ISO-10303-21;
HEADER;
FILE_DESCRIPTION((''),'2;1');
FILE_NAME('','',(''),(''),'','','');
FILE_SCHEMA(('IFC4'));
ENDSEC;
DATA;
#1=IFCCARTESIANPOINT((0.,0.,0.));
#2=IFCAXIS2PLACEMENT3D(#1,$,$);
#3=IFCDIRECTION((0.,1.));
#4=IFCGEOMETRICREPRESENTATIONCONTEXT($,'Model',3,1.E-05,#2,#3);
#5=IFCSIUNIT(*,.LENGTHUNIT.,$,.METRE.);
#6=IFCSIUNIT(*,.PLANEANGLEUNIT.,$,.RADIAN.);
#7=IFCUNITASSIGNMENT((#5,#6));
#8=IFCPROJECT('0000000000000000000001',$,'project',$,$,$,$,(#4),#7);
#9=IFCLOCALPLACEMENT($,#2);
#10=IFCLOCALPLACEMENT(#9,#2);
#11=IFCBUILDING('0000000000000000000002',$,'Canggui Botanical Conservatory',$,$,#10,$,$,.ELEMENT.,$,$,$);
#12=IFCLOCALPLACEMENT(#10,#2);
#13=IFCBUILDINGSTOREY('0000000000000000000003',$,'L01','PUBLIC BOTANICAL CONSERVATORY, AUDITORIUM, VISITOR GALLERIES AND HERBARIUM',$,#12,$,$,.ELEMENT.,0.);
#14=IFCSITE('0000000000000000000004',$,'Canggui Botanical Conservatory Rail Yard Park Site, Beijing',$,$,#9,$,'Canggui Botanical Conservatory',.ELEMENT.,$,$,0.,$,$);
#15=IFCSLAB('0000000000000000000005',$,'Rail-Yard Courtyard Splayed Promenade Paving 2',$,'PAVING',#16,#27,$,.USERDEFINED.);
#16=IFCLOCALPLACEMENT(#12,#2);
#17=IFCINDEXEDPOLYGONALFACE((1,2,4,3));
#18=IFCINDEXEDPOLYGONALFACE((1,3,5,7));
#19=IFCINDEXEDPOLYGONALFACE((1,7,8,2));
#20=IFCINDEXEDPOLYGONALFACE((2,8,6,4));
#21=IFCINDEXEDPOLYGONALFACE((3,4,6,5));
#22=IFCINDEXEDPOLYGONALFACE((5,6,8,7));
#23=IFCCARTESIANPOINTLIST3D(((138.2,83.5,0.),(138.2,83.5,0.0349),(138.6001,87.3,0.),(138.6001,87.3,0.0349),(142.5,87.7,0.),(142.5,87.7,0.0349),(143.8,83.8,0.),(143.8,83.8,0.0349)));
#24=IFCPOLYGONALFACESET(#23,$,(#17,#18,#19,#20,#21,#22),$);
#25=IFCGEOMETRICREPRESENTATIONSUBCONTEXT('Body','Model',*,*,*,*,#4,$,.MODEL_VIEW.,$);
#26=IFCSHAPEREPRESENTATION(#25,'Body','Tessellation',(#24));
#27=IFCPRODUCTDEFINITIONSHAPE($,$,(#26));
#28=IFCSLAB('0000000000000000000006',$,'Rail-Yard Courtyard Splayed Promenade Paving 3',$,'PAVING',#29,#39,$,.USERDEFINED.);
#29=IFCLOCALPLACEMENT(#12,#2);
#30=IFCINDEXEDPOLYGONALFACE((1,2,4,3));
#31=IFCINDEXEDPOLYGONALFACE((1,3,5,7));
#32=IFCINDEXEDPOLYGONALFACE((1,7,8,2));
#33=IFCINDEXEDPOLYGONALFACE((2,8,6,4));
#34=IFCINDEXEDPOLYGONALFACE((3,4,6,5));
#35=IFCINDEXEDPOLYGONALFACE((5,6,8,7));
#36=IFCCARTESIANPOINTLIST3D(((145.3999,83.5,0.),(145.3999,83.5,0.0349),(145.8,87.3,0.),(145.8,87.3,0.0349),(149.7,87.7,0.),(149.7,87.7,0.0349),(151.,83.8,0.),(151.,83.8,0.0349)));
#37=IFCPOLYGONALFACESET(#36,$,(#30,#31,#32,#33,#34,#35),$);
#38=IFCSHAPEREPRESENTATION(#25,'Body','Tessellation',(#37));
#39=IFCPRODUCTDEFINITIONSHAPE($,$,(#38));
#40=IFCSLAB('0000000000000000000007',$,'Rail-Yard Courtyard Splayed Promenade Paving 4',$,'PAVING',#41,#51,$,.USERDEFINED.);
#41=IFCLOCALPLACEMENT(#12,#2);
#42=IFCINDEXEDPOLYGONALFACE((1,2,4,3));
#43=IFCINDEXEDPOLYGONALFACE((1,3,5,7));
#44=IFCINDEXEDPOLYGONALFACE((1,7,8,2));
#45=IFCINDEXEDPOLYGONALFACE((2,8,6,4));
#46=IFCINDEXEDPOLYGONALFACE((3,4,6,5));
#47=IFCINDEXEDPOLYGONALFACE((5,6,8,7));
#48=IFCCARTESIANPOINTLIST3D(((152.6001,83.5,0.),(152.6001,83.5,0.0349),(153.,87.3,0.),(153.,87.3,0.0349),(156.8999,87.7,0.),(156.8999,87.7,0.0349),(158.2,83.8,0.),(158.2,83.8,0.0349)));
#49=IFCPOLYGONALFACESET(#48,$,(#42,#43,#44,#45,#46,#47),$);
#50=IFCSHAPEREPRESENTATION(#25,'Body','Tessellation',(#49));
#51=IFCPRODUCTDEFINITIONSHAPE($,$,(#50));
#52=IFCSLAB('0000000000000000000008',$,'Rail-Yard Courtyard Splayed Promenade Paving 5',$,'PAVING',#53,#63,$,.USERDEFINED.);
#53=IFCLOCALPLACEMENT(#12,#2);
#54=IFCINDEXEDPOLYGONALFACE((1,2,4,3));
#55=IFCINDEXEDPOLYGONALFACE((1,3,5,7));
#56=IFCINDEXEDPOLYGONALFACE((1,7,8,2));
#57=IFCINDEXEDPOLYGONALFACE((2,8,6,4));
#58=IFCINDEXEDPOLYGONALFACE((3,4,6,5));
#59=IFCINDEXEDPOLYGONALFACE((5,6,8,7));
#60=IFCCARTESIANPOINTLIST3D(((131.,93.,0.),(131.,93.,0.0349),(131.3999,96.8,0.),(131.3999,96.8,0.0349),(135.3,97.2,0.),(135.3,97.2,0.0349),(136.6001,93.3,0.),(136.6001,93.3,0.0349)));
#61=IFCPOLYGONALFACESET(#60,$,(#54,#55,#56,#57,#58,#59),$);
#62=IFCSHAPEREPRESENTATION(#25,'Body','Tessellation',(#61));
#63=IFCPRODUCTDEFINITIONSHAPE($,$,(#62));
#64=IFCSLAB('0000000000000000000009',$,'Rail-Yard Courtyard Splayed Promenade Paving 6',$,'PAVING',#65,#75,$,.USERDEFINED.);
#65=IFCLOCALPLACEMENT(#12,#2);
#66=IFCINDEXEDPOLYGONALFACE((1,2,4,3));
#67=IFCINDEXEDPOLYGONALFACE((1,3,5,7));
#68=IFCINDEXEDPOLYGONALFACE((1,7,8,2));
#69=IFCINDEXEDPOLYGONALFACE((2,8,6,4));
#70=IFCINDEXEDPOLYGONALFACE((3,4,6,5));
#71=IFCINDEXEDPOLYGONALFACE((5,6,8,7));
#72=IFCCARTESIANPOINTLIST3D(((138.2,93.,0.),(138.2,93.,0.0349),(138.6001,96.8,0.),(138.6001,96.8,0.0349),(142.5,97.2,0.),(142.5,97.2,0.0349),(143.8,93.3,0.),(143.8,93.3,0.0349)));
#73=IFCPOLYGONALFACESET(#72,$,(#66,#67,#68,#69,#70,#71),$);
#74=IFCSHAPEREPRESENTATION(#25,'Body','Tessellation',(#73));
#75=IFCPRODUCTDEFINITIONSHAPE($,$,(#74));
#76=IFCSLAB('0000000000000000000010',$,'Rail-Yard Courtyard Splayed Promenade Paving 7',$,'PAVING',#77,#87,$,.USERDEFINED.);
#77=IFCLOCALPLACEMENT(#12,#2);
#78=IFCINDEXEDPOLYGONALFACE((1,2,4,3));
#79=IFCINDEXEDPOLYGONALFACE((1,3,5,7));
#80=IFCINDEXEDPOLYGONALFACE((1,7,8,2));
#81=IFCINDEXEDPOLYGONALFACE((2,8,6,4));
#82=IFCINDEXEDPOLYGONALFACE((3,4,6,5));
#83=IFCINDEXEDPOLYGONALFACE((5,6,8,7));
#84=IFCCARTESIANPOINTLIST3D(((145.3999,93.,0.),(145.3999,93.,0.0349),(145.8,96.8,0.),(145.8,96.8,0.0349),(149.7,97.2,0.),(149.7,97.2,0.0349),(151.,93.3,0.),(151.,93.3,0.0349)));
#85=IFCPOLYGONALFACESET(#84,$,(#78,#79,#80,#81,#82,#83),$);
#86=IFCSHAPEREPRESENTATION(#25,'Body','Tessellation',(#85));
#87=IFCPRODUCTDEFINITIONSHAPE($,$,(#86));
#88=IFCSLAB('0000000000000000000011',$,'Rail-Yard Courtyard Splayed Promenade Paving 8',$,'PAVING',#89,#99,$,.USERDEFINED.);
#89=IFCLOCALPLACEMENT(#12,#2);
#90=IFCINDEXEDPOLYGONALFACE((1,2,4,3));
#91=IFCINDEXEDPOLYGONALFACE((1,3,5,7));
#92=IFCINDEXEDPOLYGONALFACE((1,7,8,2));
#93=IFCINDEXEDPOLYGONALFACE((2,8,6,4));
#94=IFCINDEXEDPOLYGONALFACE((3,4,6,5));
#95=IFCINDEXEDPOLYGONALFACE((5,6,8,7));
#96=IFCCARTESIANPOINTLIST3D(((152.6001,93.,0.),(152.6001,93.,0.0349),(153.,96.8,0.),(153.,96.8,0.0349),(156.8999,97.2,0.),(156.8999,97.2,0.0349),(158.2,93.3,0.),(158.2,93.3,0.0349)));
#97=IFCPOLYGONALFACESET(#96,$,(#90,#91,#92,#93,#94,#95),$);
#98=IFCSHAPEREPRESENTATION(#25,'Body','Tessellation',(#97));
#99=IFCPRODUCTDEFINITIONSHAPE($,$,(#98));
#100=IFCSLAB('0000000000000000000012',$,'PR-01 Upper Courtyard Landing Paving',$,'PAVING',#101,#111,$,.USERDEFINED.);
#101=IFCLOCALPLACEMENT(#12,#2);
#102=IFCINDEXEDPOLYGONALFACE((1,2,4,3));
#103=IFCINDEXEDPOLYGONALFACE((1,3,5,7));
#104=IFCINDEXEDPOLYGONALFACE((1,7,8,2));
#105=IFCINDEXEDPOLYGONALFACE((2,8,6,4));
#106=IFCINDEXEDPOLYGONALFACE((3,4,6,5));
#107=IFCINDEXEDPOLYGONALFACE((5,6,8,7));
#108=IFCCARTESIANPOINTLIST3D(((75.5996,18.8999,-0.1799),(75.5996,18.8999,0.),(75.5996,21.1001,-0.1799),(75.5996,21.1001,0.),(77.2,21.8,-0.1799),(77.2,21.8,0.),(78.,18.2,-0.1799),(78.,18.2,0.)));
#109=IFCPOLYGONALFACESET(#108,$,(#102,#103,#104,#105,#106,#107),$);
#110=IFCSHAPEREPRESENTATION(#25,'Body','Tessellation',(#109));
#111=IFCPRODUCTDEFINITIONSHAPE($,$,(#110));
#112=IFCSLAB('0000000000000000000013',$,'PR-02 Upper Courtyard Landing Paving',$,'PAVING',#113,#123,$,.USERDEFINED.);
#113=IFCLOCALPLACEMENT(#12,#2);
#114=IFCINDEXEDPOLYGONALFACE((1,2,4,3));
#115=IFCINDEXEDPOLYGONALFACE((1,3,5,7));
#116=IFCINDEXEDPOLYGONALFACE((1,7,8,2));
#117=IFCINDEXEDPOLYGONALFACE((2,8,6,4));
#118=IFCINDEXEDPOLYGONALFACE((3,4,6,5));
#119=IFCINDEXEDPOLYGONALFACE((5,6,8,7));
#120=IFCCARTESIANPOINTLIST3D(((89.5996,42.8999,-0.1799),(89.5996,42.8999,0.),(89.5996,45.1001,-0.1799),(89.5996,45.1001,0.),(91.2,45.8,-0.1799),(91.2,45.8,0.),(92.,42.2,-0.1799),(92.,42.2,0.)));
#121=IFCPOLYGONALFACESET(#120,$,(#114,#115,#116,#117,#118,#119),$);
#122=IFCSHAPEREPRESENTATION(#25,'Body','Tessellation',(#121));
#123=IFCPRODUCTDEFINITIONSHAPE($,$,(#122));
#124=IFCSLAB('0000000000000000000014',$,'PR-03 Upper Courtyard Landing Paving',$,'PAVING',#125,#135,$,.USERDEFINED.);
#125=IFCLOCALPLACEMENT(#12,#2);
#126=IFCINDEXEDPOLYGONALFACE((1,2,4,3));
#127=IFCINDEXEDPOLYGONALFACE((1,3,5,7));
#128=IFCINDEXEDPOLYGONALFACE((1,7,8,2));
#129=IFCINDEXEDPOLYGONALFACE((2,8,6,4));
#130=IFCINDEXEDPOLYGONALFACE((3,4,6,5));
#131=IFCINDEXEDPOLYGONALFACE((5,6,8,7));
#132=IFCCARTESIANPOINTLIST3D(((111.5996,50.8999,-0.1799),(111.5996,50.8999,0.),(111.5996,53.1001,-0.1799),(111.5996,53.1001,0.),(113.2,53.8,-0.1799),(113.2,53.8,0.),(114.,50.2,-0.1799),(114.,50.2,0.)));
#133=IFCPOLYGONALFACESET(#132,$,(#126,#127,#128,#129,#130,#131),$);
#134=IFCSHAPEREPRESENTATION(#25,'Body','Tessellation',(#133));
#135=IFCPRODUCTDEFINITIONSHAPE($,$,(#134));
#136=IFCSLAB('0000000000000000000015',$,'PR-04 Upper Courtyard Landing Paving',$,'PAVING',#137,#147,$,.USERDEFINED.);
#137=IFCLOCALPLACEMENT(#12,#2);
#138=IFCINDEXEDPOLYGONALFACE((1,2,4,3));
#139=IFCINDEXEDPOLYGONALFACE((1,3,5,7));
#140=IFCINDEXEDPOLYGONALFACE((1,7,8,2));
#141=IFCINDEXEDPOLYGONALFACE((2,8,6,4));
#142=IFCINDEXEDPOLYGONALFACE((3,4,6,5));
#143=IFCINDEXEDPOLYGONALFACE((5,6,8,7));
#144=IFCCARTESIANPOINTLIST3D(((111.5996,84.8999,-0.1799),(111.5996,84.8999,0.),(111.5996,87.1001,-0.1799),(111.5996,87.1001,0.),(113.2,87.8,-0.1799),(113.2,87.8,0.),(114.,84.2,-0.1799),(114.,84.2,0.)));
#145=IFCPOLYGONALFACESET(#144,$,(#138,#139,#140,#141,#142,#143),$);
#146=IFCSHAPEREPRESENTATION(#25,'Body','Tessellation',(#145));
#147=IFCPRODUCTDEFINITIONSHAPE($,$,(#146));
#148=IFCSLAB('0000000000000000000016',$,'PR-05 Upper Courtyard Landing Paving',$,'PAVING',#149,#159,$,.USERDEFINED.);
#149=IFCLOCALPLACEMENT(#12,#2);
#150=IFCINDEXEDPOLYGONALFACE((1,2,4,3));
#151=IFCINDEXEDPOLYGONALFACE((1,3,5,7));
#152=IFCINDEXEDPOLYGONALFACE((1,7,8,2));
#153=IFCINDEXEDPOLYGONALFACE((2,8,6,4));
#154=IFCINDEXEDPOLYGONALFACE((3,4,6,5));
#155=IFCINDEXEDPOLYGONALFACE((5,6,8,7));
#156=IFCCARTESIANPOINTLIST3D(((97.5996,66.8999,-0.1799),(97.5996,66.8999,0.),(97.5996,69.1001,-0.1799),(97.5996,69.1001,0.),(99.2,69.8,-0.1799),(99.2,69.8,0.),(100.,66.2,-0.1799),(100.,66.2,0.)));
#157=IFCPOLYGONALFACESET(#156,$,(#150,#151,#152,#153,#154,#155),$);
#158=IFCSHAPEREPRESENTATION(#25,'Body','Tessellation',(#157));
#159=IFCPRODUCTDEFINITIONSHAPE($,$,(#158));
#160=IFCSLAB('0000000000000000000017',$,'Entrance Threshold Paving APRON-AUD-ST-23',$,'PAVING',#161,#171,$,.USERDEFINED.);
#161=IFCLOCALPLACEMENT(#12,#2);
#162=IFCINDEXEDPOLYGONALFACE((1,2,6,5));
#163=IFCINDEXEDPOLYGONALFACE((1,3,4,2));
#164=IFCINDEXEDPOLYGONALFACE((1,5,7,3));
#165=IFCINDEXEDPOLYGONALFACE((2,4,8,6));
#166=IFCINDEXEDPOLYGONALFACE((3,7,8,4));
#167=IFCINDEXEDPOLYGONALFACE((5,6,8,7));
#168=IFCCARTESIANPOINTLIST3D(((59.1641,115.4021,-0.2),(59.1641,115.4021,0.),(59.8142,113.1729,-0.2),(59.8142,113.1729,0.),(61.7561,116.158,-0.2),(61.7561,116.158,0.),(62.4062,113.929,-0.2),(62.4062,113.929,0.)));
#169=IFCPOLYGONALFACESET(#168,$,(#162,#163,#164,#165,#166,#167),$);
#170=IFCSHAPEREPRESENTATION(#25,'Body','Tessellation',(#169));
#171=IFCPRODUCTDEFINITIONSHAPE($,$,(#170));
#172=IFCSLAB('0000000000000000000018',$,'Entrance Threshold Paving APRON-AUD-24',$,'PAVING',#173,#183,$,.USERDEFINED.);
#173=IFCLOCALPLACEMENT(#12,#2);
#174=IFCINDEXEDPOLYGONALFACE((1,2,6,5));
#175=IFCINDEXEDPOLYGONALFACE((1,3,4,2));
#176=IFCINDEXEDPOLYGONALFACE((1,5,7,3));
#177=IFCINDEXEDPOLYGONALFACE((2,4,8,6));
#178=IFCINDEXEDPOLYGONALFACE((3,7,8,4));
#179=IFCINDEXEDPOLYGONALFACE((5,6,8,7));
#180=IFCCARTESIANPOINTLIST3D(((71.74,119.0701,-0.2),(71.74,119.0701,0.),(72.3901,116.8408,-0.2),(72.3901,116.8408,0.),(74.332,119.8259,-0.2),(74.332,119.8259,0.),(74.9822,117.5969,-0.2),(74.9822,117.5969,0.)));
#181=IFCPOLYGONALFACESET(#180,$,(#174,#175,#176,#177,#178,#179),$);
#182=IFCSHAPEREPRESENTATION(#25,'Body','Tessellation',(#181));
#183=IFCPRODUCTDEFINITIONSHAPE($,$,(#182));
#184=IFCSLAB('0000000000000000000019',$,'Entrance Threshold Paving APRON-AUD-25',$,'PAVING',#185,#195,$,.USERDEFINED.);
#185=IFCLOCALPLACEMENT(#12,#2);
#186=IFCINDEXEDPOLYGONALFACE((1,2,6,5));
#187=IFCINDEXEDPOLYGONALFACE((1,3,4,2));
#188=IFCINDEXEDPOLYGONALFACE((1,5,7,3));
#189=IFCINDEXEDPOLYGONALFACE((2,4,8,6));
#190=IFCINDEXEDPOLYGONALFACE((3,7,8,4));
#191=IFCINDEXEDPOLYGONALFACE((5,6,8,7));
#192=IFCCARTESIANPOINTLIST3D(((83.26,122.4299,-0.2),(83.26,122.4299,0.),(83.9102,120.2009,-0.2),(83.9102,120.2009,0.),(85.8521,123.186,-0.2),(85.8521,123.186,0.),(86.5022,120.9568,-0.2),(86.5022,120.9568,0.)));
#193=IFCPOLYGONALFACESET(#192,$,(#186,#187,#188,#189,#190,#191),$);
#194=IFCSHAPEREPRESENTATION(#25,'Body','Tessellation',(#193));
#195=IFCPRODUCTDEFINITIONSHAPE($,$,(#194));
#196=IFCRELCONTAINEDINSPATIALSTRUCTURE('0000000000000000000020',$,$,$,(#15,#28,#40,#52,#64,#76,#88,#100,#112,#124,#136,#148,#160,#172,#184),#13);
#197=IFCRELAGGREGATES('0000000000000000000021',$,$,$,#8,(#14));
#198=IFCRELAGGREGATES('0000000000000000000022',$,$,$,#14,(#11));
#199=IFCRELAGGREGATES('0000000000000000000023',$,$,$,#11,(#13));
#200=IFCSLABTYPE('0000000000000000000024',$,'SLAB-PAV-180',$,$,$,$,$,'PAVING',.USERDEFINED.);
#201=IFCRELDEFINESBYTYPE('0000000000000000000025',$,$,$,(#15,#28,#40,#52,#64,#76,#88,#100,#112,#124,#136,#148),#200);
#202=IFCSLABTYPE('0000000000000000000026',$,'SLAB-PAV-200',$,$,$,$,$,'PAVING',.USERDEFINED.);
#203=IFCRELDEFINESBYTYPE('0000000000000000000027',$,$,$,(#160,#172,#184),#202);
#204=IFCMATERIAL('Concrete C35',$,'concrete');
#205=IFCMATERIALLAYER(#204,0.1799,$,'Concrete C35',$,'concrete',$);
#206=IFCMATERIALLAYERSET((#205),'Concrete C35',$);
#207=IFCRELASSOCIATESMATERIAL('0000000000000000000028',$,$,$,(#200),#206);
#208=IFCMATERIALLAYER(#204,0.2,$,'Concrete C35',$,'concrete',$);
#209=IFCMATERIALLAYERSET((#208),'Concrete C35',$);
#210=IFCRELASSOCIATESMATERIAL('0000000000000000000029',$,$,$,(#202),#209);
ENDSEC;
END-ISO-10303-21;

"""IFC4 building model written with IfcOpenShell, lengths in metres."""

from ifc_helpers import new_model, si_unit, direction, frame, origin, place, context, subcontext, project, spatial, polyline, outline, extrude, material, layer, layer_set, type_object, element, save


model = new_model("IFC4")

# Units and contexts
model_context = context("Model", 3, precision=1e-05, world=origin(), true_north=direction((0.0, 1.0)))
body_context = subcontext(model_context, "Body", "Model", "MODEL_VIEW")
ifc_project = project(units=[si_unit("LENGTHUNIT", "METRE"), si_unit("PLANEANGLEUNIT", "RADIAN")], contexts=[model_context])

# Site, building, storey
site_placement = place(None, origin())
site = spatial("IfcSite", under=ifc_project, at=site_placement, Name="Canggui Botanical Conservatory Rail Yard Park Site, Beijing", LongName="Canggui Botanical Conservatory", CompositionType="ELEMENT", RefElevation=0.0)
building_placement = place(site_placement, origin())
building = spatial("IfcBuilding", under=site, at=building_placement, Name="Canggui Botanical Conservatory", CompositionType="ELEMENT")
storey_placement = place(building_placement, origin())
storey = spatial("IfcBuildingStorey", under=building, at=storey_placement, Name="L01", Description="PUBLIC BOTANICAL CONSERVATORY, AUDITORIUM, VISITOR GALLERIES AND HERBARIUM", CompositionType="ELEMENT", Elevation=0.0)

# Shared definitions
ifc_material_1 = material(Name="Concrete C35", Category="concrete")

# Slabs
ifc_layer_1 = layer(ifc_material_1, 0.1799, Name="Concrete C35", Category="concrete")
ifc_layer_set_1 = layer_set([ifc_layer_1], Name="Concrete C35")
slab_type_1 = type_object("IfcSlabType", Name="SLAB-PAV-180", ElementType="PAVING", PredefinedType="USERDEFINED", material=ifc_layer_set_1)
slab_1_placement = place(storey_placement, origin())
element("IfcSlab", 1, at=slab_1_placement, inside=storey, type_object=slab_type_1, Name="Rail-Yard Courtyard Splayed Promenade Paving 2", ObjectType="PAVING", PredefinedType="USERDEFINED", context=body_context, shape_type="SweptSolid", body=[
    extrude(outline(polyline([(138.2, 83.5), (143.8, 83.8), (142.5, 87.7), (138.6001, 87.3), (138.2, 83.5)])), origin(), (0.0, 0.0, 1.0), 0.0349),
])
slab_2_placement = place(storey_placement, origin())
element("IfcSlab", 2, at=slab_2_placement, inside=storey, type_object=slab_type_1, Name="Rail-Yard Courtyard Splayed Promenade Paving 3", ObjectType="PAVING", PredefinedType="USERDEFINED", context=body_context, shape_type="SweptSolid", body=[
    extrude(outline(polyline([(145.3999, 83.5), (151.0, 83.8), (149.7, 87.7), (145.8, 87.3), (145.3999, 83.5)])), origin(), (0.0, 0.0, 1.0), 0.0349),
])
slab_3_placement = place(storey_placement, origin())
element("IfcSlab", 3, at=slab_3_placement, inside=storey, type_object=slab_type_1, Name="Rail-Yard Courtyard Splayed Promenade Paving 4", ObjectType="PAVING", PredefinedType="USERDEFINED", context=body_context, shape_type="SweptSolid", body=[
    extrude(outline(polyline([(152.6001, 83.5), (158.2, 83.8), (156.8999, 87.7), (153.0, 87.3), (152.6001, 83.5)])), origin(), (0.0, 0.0, 1.0), 0.0349),
])
slab_4_placement = place(storey_placement, origin())
element("IfcSlab", 4, at=slab_4_placement, inside=storey, type_object=slab_type_1, Name="Rail-Yard Courtyard Splayed Promenade Paving 5", ObjectType="PAVING", PredefinedType="USERDEFINED", context=body_context, shape_type="SweptSolid", body=[
    extrude(outline(polyline([(131.0, 93.0), (136.6001, 93.3), (135.3, 97.2), (131.3999, 96.8), (131.0, 93.0)])), origin(), (0.0, 0.0, 1.0), 0.0349),
])
slab_5_placement = place(storey_placement, origin())
element("IfcSlab", 5, at=slab_5_placement, inside=storey, type_object=slab_type_1, Name="Rail-Yard Courtyard Splayed Promenade Paving 6", ObjectType="PAVING", PredefinedType="USERDEFINED", context=body_context, shape_type="SweptSolid", body=[
    extrude(outline(polyline([(138.2, 93.0), (143.8, 93.3), (142.5, 97.2), (138.6001, 96.8), (138.2, 93.0)])), origin(), (0.0, 0.0, 1.0), 0.0349),
])
slab_6_placement = place(storey_placement, origin())
element("IfcSlab", 6, at=slab_6_placement, inside=storey, type_object=slab_type_1, Name="Rail-Yard Courtyard Splayed Promenade Paving 7", ObjectType="PAVING", PredefinedType="USERDEFINED", context=body_context, shape_type="SweptSolid", body=[
    extrude(outline(polyline([(145.3999, 93.0), (151.0, 93.3), (149.7, 97.2), (145.8, 96.8), (145.3999, 93.0)])), origin(), (0.0, 0.0, 1.0), 0.0349),
])
slab_7_placement = place(storey_placement, origin())
element("IfcSlab", 7, at=slab_7_placement, inside=storey, type_object=slab_type_1, Name="Rail-Yard Courtyard Splayed Promenade Paving 8", ObjectType="PAVING", PredefinedType="USERDEFINED", context=body_context, shape_type="SweptSolid", body=[
    extrude(outline(polyline([(152.6001, 93.0), (158.2, 93.3), (156.8999, 97.2), (153.0, 96.8), (152.6001, 93.0)])), origin(), (0.0, 0.0, 1.0), 0.0349),
])
slab_8_placement = place(storey_placement, frame((0.0, 0.0, -0.1799)))
element("IfcSlab", 8, at=slab_8_placement, inside=storey, type_object=slab_type_1, Name="PR-01 Upper Courtyard Landing Paving", ObjectType="PAVING", PredefinedType="USERDEFINED", context=body_context, shape_type="SweptSolid", body=[
    extrude(outline(polyline([(75.5996, 18.8999), (78.0, 18.2), (77.2, 21.8), (75.5996, 21.1001), (75.5996, 18.8999)])), origin(), (0.0, 0.0, 1.0), 0.1799),
])
slab_9_placement = place(storey_placement, frame((0.0, 0.0, -0.1799)))
element("IfcSlab", 9, at=slab_9_placement, inside=storey, type_object=slab_type_1, Name="PR-02 Upper Courtyard Landing Paving", ObjectType="PAVING", PredefinedType="USERDEFINED", context=body_context, shape_type="SweptSolid", body=[
    extrude(outline(polyline([(89.5996, 42.8999), (92.0, 42.2), (91.2, 45.8), (89.5996, 45.1001), (89.5996, 42.8999)])), origin(), (0.0, 0.0, 1.0), 0.1799),
])
slab_10_placement = place(storey_placement, frame((0.0, 0.0, -0.1799)))
element("IfcSlab", 10, at=slab_10_placement, inside=storey, type_object=slab_type_1, Name="PR-03 Upper Courtyard Landing Paving", ObjectType="PAVING", PredefinedType="USERDEFINED", context=body_context, shape_type="SweptSolid", body=[
    extrude(outline(polyline([(111.5996, 50.8999), (114.0, 50.2), (113.2, 53.8), (111.5996, 53.1001), (111.5996, 50.8999)])), origin(), (0.0, 0.0, 1.0), 0.1799),
])
slab_11_placement = place(storey_placement, frame((0.0, 0.0, -0.1799)))
element("IfcSlab", 11, at=slab_11_placement, inside=storey, type_object=slab_type_1, Name="PR-04 Upper Courtyard Landing Paving", ObjectType="PAVING", PredefinedType="USERDEFINED", context=body_context, shape_type="SweptSolid", body=[
    extrude(outline(polyline([(111.5996, 84.8999), (114.0, 84.2), (113.2, 87.8), (111.5996, 87.1001), (111.5996, 84.8999)])), origin(), (0.0, 0.0, 1.0), 0.1799),
])
slab_12_placement = place(storey_placement, frame((0.0, 0.0, -0.1799)))
element("IfcSlab", 12, at=slab_12_placement, inside=storey, type_object=slab_type_1, Name="PR-05 Upper Courtyard Landing Paving", ObjectType="PAVING", PredefinedType="USERDEFINED", context=body_context, shape_type="SweptSolid", body=[
    extrude(outline(polyline([(97.5996, 66.8999), (100.0, 66.2), (99.2, 69.8), (97.5996, 69.1001), (97.5996, 66.8999)])), origin(), (0.0, 0.0, 1.0), 0.1799),
])
ifc_layer_2 = layer(ifc_material_1, 0.2, Name="Concrete C35", Category="concrete")
ifc_layer_set_2 = layer_set([ifc_layer_2], Name="Concrete C35")
slab_type_2 = type_object("IfcSlabType", Name="SLAB-PAV-200", ElementType="PAVING", PredefinedType="USERDEFINED", material=ifc_layer_set_2)
slab_13_placement = place(storey_placement, frame((0.0, 0.0, -0.2)))
element("IfcSlab", 13, at=slab_13_placement, inside=storey, type_object=slab_type_2, Name="Entrance Threshold Paving APRON-AUD-ST-23", ObjectType="PAVING", PredefinedType="USERDEFINED", context=body_context, shape_type="SweptSolid", body=[
    extrude(outline(polyline([(62.4062, 113.929), (59.8142, 113.1729), (59.1641, 115.4021), (61.7561, 116.158), (62.4062, 113.929)])), origin(), (0.0, 0.0, 1.0), 0.2),
])
slab_14_placement = place(storey_placement, frame((0.0, 0.0, -0.2)))
element("IfcSlab", 14, at=slab_14_placement, inside=storey, type_object=slab_type_2, Name="Entrance Threshold Paving APRON-AUD-24", ObjectType="PAVING", PredefinedType="USERDEFINED", context=body_context, shape_type="SweptSolid", body=[
    extrude(outline(polyline([(74.9822, 117.5969), (72.3901, 116.8408), (71.74, 119.0701), (74.332, 119.8259), (74.9822, 117.5969)])), origin(), (0.0, 0.0, 1.0), 0.2),
])
slab_15_placement = place(storey_placement, frame((0.0, 0.0, -0.2)))
element("IfcSlab", 15, at=slab_15_placement, inside=storey, type_object=slab_type_2, Name="Entrance Threshold Paving APRON-AUD-25", ObjectType="PAVING", PredefinedType="USERDEFINED", context=body_context, shape_type="SweptSolid", body=[
    extrude(outline(polyline([(86.5022, 120.9568), (83.9102, 120.2009), (83.26, 122.4299), (85.8521, 123.186), (86.5022, 120.9568)])), origin(), (0.0, 0.0, 1.0), 0.2),
])

save(model, "model.ifc")
